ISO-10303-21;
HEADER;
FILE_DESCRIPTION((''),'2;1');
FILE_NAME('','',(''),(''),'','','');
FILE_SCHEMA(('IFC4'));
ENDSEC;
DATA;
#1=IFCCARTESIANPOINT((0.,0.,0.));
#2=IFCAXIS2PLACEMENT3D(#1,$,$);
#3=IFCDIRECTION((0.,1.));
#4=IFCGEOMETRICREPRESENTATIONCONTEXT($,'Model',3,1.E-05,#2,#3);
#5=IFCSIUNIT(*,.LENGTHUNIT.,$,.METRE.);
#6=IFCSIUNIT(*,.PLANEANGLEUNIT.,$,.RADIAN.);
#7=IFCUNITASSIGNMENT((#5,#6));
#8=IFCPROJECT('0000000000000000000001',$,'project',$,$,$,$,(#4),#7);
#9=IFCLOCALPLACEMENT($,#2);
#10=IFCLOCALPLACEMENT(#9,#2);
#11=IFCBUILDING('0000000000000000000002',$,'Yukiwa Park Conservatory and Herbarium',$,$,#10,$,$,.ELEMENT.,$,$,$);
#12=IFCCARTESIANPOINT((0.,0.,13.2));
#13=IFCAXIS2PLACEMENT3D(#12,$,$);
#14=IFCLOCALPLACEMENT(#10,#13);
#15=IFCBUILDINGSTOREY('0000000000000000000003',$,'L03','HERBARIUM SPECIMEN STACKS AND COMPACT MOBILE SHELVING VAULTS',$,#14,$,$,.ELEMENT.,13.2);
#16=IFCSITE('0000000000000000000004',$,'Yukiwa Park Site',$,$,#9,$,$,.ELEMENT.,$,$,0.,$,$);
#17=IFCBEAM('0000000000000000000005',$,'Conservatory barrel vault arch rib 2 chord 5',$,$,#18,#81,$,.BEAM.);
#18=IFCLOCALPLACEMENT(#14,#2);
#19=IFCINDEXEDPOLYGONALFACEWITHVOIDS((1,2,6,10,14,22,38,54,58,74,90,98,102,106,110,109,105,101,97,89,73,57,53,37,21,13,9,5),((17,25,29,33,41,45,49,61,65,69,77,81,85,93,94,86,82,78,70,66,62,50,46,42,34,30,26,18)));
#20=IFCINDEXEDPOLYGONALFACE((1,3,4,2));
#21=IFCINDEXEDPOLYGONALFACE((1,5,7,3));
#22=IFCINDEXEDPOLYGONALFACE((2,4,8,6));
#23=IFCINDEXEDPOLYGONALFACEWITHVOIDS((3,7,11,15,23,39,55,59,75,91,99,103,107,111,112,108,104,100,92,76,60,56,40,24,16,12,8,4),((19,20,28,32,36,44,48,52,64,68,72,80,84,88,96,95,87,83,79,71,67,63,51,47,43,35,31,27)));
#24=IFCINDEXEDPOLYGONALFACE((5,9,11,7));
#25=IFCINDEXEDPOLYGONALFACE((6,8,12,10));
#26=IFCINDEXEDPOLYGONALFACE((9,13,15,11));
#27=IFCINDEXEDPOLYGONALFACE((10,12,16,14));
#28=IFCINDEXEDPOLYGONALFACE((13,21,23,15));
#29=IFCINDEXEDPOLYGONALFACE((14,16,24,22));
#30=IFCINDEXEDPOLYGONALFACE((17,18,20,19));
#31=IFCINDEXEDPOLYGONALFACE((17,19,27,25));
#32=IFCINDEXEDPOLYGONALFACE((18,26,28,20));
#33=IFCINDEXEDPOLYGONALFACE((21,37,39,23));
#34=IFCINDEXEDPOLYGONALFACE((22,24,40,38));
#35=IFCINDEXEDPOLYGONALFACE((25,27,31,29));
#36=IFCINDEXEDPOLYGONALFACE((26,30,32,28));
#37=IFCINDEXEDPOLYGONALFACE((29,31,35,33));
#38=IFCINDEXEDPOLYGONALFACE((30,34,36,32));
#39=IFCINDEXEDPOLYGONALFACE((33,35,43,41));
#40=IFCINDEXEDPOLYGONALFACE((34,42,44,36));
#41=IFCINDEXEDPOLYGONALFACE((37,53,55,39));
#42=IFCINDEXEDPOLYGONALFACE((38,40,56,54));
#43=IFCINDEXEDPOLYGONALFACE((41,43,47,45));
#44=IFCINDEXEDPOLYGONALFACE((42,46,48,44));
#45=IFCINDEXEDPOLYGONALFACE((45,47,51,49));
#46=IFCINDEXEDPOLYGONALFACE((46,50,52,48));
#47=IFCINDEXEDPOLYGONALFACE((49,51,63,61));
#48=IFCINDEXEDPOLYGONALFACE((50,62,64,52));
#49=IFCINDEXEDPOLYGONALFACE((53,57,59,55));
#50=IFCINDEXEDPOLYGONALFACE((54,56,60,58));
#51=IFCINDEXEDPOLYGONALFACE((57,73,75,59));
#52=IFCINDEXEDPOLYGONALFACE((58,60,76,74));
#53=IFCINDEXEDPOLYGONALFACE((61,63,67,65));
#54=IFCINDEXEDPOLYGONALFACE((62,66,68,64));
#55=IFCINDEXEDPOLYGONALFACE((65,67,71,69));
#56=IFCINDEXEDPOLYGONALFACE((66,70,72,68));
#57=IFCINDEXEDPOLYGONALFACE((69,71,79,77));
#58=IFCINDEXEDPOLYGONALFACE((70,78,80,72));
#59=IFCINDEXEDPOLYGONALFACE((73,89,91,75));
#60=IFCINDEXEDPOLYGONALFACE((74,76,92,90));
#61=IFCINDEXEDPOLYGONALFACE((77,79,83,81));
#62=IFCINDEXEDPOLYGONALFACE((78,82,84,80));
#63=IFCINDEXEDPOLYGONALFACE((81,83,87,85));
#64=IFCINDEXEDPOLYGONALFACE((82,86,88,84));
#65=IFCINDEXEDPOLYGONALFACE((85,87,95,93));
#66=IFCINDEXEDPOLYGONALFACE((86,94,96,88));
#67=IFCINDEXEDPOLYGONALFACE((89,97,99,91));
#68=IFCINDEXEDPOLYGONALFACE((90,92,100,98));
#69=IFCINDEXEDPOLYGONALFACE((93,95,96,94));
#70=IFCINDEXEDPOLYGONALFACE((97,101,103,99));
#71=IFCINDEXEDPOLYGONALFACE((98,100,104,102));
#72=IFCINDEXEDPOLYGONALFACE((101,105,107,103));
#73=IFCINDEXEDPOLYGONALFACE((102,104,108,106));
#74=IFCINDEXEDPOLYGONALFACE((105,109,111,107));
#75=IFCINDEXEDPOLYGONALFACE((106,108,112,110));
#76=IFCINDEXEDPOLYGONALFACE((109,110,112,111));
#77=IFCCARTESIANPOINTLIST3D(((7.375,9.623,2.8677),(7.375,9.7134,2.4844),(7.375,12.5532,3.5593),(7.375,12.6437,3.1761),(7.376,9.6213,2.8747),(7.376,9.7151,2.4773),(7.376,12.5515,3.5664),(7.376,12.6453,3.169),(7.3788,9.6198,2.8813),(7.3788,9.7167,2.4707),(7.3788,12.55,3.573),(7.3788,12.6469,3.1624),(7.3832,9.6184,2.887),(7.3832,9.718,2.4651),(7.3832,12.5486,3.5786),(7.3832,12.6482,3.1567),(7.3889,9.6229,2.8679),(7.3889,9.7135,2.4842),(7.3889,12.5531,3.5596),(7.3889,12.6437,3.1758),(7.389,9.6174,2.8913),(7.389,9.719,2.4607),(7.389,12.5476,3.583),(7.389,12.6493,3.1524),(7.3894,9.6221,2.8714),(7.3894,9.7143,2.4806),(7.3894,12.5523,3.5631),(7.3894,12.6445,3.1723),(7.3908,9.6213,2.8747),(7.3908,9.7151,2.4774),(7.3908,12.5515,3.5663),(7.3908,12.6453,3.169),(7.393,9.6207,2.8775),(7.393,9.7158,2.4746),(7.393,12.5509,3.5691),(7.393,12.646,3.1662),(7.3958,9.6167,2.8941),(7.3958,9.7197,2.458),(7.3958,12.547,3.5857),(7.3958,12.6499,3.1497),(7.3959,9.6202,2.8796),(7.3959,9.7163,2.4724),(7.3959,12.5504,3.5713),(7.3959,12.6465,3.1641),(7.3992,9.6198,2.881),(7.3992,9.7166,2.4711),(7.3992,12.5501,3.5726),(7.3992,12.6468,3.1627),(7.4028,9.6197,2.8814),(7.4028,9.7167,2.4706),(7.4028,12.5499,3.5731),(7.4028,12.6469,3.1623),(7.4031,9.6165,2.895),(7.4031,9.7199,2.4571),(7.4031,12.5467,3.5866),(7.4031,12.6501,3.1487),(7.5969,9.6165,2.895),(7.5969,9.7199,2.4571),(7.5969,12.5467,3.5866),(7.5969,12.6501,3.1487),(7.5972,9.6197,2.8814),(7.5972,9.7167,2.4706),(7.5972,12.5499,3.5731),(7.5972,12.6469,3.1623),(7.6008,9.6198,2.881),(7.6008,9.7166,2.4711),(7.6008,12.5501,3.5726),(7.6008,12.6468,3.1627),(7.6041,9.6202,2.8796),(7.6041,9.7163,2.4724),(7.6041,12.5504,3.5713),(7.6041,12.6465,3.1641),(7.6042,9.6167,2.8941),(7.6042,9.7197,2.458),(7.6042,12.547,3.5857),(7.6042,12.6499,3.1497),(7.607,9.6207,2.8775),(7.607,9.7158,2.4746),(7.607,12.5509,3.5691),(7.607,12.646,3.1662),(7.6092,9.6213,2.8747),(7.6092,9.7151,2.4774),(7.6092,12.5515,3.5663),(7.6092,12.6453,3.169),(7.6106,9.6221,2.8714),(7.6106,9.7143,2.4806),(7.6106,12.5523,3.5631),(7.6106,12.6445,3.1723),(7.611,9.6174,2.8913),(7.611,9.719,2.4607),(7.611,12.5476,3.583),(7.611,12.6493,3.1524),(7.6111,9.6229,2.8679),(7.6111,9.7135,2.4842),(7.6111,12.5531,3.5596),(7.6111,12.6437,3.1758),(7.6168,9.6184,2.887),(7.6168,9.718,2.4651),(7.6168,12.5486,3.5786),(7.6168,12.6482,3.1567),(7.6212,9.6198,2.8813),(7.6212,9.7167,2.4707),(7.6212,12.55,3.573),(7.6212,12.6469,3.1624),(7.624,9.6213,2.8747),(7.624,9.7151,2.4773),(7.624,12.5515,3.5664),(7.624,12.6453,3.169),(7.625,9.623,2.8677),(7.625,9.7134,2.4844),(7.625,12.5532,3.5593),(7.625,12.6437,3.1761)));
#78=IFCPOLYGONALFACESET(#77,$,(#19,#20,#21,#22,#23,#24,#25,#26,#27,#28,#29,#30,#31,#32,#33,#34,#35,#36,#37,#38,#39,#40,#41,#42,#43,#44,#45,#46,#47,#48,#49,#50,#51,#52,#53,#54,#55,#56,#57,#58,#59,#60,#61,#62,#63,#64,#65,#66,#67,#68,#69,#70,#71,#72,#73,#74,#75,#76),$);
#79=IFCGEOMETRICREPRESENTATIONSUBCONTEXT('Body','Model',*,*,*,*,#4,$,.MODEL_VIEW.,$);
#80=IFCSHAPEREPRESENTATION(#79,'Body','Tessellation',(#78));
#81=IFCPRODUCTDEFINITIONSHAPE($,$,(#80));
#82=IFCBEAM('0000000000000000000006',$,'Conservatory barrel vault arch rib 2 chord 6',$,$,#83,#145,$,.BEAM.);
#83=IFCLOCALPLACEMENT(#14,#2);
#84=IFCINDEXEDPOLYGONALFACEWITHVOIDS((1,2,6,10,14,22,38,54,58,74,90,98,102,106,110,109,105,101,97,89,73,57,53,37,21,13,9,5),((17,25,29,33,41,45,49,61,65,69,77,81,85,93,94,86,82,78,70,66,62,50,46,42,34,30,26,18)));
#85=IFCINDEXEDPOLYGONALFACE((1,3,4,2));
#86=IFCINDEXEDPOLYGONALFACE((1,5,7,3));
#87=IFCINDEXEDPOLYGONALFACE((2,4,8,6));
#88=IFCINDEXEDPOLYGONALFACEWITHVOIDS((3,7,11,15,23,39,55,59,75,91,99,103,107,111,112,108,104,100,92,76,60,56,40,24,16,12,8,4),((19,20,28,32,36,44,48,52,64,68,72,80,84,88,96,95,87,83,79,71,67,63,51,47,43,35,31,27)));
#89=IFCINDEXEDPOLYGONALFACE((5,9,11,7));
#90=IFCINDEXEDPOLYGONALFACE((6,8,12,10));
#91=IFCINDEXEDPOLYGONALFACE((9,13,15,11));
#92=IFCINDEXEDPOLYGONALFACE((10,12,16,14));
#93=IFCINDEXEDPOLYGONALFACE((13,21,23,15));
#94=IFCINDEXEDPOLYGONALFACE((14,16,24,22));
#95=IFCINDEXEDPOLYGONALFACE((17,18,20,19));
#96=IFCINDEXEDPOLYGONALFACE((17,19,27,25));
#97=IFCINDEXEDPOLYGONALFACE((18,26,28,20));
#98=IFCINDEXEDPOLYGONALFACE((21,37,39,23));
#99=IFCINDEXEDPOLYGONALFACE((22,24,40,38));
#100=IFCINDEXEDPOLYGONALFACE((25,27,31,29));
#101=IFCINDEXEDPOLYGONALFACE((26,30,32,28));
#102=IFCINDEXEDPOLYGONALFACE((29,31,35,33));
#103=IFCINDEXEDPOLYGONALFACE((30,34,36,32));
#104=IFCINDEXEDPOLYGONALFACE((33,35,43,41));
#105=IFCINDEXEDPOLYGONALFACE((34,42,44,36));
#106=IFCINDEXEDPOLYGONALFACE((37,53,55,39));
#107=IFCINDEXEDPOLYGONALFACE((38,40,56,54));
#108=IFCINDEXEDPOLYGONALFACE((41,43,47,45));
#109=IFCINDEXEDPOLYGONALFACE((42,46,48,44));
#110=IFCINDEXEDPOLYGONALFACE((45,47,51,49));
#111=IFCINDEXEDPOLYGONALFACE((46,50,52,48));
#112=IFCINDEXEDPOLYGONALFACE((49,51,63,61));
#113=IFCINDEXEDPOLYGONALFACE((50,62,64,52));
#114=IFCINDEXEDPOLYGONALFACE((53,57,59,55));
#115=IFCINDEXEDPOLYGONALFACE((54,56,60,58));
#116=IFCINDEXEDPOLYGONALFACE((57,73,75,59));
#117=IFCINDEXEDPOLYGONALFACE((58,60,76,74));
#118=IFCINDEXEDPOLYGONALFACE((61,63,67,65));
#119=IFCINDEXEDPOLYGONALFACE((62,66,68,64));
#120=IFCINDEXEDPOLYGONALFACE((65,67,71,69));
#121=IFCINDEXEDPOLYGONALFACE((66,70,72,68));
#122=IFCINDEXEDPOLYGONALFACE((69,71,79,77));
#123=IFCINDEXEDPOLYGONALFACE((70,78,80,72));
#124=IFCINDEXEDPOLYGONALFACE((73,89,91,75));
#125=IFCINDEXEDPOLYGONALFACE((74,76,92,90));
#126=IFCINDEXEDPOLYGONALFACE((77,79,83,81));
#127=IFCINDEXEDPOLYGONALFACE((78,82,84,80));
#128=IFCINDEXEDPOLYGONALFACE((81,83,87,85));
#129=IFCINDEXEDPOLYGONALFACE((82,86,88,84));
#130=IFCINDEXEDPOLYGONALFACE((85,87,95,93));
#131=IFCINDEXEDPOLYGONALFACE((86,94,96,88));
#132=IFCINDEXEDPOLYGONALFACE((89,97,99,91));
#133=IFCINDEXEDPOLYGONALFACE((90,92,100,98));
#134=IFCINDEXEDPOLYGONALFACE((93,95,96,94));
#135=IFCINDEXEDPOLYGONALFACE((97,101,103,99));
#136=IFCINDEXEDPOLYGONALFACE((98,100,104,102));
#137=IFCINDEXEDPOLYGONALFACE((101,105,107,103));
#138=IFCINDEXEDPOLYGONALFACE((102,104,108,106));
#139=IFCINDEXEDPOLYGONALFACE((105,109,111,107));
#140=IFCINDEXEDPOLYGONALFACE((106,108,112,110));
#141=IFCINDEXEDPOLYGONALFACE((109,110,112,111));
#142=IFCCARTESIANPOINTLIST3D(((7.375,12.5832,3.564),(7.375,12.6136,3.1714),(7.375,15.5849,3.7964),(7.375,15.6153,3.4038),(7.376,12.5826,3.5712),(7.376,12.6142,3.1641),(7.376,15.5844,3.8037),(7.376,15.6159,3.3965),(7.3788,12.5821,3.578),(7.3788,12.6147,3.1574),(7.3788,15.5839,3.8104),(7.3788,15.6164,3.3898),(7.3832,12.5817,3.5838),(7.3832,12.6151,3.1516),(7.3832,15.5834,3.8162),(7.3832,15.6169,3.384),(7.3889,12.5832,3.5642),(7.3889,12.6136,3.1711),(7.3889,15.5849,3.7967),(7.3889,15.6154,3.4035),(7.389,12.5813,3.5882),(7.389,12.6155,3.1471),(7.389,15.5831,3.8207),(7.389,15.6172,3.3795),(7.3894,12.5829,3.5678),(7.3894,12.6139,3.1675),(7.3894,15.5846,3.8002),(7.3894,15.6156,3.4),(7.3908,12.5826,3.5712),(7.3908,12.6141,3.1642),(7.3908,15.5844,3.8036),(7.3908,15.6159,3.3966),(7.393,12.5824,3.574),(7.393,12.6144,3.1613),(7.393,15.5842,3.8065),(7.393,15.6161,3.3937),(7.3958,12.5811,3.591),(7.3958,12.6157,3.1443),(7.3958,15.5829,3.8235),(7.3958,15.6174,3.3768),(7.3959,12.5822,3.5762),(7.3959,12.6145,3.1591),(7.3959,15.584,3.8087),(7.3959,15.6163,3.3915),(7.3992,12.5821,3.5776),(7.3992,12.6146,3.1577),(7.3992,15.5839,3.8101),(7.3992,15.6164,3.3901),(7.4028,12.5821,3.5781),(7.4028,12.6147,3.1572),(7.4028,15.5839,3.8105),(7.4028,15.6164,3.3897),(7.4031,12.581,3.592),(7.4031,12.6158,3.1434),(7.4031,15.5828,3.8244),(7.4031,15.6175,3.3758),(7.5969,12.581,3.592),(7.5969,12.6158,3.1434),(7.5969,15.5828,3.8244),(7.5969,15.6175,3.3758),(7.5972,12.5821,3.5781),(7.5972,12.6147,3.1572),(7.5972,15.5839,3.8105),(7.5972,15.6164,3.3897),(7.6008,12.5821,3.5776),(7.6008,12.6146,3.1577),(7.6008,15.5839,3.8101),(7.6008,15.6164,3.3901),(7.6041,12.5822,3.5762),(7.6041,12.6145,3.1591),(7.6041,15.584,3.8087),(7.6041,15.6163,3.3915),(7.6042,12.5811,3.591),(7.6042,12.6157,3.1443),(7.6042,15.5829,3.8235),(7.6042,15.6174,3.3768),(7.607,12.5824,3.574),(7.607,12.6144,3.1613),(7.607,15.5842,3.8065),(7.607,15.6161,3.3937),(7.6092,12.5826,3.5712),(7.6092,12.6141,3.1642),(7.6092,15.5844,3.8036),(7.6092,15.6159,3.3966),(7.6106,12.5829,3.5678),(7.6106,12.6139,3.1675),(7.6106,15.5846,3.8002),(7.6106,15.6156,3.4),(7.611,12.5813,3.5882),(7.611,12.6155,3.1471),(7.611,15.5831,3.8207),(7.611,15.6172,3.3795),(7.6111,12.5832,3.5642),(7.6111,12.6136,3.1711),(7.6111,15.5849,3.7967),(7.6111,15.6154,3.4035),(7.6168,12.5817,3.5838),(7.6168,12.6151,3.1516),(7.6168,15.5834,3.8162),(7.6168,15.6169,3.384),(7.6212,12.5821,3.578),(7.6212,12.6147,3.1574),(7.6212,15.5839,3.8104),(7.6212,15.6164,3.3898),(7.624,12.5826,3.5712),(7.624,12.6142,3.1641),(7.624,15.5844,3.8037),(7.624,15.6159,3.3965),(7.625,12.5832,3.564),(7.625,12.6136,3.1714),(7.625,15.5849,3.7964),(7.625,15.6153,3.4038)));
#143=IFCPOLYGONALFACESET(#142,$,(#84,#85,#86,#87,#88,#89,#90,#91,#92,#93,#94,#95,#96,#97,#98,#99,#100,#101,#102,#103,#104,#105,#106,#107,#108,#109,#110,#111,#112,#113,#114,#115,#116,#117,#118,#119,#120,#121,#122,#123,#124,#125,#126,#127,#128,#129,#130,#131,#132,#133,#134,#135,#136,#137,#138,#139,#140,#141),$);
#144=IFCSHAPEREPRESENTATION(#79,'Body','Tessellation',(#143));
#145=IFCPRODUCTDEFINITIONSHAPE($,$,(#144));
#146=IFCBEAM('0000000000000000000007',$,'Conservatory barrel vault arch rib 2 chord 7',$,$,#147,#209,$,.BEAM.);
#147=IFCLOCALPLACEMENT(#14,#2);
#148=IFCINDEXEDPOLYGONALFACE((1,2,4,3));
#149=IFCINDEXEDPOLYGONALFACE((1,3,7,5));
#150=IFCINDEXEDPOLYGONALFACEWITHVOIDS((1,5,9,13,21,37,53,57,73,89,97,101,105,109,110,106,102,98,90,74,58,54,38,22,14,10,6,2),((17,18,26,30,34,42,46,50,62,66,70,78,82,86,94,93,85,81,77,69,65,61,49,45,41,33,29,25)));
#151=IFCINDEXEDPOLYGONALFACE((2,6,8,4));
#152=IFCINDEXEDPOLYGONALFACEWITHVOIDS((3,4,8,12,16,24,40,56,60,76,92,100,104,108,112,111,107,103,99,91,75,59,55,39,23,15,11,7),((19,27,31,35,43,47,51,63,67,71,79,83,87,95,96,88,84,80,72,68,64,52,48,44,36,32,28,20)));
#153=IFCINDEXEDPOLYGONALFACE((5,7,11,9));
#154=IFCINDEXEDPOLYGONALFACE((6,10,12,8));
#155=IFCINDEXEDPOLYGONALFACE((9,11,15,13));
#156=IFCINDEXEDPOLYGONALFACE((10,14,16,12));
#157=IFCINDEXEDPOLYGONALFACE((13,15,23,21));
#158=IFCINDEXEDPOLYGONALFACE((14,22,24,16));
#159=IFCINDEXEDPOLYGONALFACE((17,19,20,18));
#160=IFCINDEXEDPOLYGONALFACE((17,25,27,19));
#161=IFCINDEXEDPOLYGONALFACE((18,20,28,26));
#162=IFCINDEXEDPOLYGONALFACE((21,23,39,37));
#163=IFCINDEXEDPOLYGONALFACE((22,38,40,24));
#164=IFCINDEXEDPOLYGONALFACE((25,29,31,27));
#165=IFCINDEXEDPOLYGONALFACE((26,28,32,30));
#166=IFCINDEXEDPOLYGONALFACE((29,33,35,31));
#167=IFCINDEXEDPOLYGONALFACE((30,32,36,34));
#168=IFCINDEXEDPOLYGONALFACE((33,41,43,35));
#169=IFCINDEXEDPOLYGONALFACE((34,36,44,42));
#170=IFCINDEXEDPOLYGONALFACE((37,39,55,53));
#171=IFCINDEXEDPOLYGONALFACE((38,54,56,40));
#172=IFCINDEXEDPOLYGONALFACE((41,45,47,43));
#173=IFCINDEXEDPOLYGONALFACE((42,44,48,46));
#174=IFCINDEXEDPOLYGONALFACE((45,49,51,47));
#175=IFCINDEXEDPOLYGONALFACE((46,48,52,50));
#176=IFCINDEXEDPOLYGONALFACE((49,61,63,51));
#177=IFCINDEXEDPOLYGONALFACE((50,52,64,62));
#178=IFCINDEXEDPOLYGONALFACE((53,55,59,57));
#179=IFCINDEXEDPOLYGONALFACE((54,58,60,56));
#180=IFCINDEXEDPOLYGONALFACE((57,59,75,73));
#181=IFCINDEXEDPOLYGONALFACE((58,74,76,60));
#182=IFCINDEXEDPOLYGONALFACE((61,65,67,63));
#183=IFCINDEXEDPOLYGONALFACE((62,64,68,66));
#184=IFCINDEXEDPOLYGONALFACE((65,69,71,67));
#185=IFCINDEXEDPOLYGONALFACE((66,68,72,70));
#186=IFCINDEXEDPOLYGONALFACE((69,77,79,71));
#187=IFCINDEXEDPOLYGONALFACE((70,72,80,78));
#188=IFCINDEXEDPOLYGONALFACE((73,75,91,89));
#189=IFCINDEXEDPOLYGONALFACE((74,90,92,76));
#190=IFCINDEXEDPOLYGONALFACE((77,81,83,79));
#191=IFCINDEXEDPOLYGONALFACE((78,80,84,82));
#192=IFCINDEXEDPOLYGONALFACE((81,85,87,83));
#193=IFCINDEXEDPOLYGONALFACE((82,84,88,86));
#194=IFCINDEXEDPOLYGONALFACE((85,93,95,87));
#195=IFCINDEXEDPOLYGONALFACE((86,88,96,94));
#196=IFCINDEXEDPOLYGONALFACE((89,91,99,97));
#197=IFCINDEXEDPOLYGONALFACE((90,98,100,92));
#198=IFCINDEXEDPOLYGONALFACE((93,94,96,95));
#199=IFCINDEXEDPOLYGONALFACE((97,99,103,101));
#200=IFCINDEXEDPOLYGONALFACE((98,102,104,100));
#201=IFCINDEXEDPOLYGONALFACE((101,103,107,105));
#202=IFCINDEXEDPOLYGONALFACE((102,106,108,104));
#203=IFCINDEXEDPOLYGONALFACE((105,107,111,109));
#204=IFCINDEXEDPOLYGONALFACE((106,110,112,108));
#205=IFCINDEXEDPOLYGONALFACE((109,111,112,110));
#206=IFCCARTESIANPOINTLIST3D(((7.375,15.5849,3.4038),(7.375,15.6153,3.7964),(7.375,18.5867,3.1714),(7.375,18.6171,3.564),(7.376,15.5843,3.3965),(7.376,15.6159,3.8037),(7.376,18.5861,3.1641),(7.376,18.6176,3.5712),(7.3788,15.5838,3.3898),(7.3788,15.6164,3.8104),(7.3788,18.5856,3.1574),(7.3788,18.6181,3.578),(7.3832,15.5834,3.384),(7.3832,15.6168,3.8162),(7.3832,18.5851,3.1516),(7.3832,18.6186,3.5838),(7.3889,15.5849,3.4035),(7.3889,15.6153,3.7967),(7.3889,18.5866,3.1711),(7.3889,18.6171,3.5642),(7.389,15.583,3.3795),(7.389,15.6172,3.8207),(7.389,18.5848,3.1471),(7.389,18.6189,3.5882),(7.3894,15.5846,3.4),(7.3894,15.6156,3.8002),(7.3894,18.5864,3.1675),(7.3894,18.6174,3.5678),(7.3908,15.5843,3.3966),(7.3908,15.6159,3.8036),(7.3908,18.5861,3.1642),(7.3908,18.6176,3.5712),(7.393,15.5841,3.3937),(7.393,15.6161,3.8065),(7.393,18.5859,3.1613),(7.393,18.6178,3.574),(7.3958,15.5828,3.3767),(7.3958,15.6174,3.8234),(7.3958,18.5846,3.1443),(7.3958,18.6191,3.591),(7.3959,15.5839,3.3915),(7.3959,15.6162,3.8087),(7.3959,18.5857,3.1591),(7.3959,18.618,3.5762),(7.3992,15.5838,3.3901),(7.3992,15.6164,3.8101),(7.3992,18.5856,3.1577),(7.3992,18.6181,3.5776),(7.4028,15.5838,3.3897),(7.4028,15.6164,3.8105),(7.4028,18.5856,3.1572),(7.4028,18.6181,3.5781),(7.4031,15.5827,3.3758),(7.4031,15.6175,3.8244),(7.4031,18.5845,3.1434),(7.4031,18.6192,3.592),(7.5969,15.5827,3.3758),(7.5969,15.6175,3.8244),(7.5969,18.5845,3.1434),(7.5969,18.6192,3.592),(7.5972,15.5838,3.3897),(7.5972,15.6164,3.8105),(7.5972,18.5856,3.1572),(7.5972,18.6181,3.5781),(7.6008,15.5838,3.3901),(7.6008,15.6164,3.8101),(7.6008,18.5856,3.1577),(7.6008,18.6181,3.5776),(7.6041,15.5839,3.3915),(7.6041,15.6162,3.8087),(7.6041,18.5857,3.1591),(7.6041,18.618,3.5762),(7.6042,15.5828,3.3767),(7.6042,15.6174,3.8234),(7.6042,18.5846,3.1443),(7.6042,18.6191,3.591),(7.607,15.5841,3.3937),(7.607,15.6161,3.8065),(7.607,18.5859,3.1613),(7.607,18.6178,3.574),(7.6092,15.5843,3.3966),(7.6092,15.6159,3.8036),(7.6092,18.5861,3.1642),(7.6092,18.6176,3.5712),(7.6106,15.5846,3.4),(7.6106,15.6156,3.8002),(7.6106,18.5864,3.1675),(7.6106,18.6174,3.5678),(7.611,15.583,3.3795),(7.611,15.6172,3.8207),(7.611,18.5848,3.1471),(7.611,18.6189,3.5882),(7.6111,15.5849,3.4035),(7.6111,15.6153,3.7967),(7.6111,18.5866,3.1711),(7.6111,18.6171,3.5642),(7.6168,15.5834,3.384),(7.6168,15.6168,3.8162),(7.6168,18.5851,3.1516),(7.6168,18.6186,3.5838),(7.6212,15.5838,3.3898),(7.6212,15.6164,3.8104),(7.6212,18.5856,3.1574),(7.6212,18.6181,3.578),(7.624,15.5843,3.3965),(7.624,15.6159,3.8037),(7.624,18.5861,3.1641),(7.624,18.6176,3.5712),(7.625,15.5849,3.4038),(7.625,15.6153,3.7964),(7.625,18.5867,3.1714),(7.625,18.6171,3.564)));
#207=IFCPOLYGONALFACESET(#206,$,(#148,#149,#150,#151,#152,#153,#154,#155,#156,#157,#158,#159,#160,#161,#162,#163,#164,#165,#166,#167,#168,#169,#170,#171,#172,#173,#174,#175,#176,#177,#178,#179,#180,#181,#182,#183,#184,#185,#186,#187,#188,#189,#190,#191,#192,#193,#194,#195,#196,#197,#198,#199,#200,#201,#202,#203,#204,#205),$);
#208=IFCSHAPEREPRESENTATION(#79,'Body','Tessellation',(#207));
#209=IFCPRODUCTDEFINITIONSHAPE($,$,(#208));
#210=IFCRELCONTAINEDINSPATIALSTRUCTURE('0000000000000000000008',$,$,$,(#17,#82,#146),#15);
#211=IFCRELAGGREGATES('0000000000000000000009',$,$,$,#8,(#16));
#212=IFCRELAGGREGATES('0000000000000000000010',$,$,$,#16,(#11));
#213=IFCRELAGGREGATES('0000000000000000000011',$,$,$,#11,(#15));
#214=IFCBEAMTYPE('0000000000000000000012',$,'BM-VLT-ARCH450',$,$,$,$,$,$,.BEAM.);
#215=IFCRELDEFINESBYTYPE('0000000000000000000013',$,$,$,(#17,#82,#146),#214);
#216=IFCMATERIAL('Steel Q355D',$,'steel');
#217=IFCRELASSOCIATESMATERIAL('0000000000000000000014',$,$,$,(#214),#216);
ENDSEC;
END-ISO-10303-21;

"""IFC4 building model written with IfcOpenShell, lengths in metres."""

from ifc_helpers import new_model, si_unit, direction, frame, origin, origin_2d, place, context, subcontext, project, spatial, hollow_rectangle, extrude, material, material_profile, profile_set, type_object, element, save


model = new_model("IFC4")

# Units and contexts
model_context = context("Model", 3, precision=1e-05, world=origin(), true_north=direction((0.0, 1.0)))
body_context = subcontext(model_context, "Body", "Model", "MODEL_VIEW")
ifc_project = project(units=[si_unit("LENGTHUNIT", "METRE"), si_unit("PLANEANGLEUNIT", "RADIAN")], contexts=[model_context])

# Site, building, storey
site_placement = place(None, origin())
site = spatial("IfcSite", under=ifc_project, at=site_placement, Name="Yukiwa Park Site", CompositionType="ELEMENT", RefElevation=0.0)
building_placement = place(site_placement, origin())
building = spatial("IfcBuilding", under=site, at=building_placement, Name="Yukiwa Park Conservatory and Herbarium", CompositionType="ELEMENT")
storey_placement = place(building_placement, frame((0.0, 0.0, 13.2)))
storey = spatial("IfcBuildingStorey", under=building, at=storey_placement, Name="L03", Description="HERBARIUM SPECIMEN STACKS AND COMPACT MOBILE SHELVING VAULTS", CompositionType="ELEMENT", Elevation=13.2)

# Beams
ifc_material_1 = material(Name="Steel Q355D", Category="steel")
ifc_material_profile_1 = material_profile(ifc_material_1, hollow_rectangle(XDim=0.25, YDim=0.45, WallThickness=0.0139, InnerFilletRadius=0.0139, OuterFilletRadius=0.0281, at=origin_2d()), Name="RHS 450x250x14")
ifc_profile_set_1 = profile_set([ifc_material_profile_1], Name="Steel Q355D")
beam_type_1 = type_object("IfcBeamType", Name="BM-VLT-ARCH450", PredefinedType="BEAM", material=ifc_profile_set_1)
for number, where, z_axis, x_axis, name in (
    (1, (7.5, 9.6682, 2.676), (0.0, 0.973254, 0.229731), (-1.0, 0.0, 0.0), "Conservatory barrel vault arch rib 2 chord 5"),
    (2, (7.5, 12.5984, 3.3677), (0.0, 0.997016, 0.077199), (-1.0, 0.0, 0.0), "Conservatory barrel vault arch rib 2 chord 6"),
    (3, (7.5, 15.6001, 3.6001), (0.0, 0.997016, -0.077199), (-1.0, 0.0, 0.0), "Conservatory barrel vault arch rib 2 chord 7"),
):
    element("IfcBeam", number, at=place(storey_placement, frame(where, z_axis=z_axis, x_axis=x_axis)), inside=storey, type_object=beam_type_1, Name=name, PredefinedType="BEAM", context=body_context, shape_type="SweptSolid", body=[
        extrude(hollow_rectangle(XDim=0.25, YDim=0.45, WallThickness=0.0139, InnerFilletRadius=0.0139, OuterFilletRadius=0.0281, at=origin_2d()), origin(), (0.0, 0.0, 1.0), 3.0107),
    ])

save(model, "model.ifc")
